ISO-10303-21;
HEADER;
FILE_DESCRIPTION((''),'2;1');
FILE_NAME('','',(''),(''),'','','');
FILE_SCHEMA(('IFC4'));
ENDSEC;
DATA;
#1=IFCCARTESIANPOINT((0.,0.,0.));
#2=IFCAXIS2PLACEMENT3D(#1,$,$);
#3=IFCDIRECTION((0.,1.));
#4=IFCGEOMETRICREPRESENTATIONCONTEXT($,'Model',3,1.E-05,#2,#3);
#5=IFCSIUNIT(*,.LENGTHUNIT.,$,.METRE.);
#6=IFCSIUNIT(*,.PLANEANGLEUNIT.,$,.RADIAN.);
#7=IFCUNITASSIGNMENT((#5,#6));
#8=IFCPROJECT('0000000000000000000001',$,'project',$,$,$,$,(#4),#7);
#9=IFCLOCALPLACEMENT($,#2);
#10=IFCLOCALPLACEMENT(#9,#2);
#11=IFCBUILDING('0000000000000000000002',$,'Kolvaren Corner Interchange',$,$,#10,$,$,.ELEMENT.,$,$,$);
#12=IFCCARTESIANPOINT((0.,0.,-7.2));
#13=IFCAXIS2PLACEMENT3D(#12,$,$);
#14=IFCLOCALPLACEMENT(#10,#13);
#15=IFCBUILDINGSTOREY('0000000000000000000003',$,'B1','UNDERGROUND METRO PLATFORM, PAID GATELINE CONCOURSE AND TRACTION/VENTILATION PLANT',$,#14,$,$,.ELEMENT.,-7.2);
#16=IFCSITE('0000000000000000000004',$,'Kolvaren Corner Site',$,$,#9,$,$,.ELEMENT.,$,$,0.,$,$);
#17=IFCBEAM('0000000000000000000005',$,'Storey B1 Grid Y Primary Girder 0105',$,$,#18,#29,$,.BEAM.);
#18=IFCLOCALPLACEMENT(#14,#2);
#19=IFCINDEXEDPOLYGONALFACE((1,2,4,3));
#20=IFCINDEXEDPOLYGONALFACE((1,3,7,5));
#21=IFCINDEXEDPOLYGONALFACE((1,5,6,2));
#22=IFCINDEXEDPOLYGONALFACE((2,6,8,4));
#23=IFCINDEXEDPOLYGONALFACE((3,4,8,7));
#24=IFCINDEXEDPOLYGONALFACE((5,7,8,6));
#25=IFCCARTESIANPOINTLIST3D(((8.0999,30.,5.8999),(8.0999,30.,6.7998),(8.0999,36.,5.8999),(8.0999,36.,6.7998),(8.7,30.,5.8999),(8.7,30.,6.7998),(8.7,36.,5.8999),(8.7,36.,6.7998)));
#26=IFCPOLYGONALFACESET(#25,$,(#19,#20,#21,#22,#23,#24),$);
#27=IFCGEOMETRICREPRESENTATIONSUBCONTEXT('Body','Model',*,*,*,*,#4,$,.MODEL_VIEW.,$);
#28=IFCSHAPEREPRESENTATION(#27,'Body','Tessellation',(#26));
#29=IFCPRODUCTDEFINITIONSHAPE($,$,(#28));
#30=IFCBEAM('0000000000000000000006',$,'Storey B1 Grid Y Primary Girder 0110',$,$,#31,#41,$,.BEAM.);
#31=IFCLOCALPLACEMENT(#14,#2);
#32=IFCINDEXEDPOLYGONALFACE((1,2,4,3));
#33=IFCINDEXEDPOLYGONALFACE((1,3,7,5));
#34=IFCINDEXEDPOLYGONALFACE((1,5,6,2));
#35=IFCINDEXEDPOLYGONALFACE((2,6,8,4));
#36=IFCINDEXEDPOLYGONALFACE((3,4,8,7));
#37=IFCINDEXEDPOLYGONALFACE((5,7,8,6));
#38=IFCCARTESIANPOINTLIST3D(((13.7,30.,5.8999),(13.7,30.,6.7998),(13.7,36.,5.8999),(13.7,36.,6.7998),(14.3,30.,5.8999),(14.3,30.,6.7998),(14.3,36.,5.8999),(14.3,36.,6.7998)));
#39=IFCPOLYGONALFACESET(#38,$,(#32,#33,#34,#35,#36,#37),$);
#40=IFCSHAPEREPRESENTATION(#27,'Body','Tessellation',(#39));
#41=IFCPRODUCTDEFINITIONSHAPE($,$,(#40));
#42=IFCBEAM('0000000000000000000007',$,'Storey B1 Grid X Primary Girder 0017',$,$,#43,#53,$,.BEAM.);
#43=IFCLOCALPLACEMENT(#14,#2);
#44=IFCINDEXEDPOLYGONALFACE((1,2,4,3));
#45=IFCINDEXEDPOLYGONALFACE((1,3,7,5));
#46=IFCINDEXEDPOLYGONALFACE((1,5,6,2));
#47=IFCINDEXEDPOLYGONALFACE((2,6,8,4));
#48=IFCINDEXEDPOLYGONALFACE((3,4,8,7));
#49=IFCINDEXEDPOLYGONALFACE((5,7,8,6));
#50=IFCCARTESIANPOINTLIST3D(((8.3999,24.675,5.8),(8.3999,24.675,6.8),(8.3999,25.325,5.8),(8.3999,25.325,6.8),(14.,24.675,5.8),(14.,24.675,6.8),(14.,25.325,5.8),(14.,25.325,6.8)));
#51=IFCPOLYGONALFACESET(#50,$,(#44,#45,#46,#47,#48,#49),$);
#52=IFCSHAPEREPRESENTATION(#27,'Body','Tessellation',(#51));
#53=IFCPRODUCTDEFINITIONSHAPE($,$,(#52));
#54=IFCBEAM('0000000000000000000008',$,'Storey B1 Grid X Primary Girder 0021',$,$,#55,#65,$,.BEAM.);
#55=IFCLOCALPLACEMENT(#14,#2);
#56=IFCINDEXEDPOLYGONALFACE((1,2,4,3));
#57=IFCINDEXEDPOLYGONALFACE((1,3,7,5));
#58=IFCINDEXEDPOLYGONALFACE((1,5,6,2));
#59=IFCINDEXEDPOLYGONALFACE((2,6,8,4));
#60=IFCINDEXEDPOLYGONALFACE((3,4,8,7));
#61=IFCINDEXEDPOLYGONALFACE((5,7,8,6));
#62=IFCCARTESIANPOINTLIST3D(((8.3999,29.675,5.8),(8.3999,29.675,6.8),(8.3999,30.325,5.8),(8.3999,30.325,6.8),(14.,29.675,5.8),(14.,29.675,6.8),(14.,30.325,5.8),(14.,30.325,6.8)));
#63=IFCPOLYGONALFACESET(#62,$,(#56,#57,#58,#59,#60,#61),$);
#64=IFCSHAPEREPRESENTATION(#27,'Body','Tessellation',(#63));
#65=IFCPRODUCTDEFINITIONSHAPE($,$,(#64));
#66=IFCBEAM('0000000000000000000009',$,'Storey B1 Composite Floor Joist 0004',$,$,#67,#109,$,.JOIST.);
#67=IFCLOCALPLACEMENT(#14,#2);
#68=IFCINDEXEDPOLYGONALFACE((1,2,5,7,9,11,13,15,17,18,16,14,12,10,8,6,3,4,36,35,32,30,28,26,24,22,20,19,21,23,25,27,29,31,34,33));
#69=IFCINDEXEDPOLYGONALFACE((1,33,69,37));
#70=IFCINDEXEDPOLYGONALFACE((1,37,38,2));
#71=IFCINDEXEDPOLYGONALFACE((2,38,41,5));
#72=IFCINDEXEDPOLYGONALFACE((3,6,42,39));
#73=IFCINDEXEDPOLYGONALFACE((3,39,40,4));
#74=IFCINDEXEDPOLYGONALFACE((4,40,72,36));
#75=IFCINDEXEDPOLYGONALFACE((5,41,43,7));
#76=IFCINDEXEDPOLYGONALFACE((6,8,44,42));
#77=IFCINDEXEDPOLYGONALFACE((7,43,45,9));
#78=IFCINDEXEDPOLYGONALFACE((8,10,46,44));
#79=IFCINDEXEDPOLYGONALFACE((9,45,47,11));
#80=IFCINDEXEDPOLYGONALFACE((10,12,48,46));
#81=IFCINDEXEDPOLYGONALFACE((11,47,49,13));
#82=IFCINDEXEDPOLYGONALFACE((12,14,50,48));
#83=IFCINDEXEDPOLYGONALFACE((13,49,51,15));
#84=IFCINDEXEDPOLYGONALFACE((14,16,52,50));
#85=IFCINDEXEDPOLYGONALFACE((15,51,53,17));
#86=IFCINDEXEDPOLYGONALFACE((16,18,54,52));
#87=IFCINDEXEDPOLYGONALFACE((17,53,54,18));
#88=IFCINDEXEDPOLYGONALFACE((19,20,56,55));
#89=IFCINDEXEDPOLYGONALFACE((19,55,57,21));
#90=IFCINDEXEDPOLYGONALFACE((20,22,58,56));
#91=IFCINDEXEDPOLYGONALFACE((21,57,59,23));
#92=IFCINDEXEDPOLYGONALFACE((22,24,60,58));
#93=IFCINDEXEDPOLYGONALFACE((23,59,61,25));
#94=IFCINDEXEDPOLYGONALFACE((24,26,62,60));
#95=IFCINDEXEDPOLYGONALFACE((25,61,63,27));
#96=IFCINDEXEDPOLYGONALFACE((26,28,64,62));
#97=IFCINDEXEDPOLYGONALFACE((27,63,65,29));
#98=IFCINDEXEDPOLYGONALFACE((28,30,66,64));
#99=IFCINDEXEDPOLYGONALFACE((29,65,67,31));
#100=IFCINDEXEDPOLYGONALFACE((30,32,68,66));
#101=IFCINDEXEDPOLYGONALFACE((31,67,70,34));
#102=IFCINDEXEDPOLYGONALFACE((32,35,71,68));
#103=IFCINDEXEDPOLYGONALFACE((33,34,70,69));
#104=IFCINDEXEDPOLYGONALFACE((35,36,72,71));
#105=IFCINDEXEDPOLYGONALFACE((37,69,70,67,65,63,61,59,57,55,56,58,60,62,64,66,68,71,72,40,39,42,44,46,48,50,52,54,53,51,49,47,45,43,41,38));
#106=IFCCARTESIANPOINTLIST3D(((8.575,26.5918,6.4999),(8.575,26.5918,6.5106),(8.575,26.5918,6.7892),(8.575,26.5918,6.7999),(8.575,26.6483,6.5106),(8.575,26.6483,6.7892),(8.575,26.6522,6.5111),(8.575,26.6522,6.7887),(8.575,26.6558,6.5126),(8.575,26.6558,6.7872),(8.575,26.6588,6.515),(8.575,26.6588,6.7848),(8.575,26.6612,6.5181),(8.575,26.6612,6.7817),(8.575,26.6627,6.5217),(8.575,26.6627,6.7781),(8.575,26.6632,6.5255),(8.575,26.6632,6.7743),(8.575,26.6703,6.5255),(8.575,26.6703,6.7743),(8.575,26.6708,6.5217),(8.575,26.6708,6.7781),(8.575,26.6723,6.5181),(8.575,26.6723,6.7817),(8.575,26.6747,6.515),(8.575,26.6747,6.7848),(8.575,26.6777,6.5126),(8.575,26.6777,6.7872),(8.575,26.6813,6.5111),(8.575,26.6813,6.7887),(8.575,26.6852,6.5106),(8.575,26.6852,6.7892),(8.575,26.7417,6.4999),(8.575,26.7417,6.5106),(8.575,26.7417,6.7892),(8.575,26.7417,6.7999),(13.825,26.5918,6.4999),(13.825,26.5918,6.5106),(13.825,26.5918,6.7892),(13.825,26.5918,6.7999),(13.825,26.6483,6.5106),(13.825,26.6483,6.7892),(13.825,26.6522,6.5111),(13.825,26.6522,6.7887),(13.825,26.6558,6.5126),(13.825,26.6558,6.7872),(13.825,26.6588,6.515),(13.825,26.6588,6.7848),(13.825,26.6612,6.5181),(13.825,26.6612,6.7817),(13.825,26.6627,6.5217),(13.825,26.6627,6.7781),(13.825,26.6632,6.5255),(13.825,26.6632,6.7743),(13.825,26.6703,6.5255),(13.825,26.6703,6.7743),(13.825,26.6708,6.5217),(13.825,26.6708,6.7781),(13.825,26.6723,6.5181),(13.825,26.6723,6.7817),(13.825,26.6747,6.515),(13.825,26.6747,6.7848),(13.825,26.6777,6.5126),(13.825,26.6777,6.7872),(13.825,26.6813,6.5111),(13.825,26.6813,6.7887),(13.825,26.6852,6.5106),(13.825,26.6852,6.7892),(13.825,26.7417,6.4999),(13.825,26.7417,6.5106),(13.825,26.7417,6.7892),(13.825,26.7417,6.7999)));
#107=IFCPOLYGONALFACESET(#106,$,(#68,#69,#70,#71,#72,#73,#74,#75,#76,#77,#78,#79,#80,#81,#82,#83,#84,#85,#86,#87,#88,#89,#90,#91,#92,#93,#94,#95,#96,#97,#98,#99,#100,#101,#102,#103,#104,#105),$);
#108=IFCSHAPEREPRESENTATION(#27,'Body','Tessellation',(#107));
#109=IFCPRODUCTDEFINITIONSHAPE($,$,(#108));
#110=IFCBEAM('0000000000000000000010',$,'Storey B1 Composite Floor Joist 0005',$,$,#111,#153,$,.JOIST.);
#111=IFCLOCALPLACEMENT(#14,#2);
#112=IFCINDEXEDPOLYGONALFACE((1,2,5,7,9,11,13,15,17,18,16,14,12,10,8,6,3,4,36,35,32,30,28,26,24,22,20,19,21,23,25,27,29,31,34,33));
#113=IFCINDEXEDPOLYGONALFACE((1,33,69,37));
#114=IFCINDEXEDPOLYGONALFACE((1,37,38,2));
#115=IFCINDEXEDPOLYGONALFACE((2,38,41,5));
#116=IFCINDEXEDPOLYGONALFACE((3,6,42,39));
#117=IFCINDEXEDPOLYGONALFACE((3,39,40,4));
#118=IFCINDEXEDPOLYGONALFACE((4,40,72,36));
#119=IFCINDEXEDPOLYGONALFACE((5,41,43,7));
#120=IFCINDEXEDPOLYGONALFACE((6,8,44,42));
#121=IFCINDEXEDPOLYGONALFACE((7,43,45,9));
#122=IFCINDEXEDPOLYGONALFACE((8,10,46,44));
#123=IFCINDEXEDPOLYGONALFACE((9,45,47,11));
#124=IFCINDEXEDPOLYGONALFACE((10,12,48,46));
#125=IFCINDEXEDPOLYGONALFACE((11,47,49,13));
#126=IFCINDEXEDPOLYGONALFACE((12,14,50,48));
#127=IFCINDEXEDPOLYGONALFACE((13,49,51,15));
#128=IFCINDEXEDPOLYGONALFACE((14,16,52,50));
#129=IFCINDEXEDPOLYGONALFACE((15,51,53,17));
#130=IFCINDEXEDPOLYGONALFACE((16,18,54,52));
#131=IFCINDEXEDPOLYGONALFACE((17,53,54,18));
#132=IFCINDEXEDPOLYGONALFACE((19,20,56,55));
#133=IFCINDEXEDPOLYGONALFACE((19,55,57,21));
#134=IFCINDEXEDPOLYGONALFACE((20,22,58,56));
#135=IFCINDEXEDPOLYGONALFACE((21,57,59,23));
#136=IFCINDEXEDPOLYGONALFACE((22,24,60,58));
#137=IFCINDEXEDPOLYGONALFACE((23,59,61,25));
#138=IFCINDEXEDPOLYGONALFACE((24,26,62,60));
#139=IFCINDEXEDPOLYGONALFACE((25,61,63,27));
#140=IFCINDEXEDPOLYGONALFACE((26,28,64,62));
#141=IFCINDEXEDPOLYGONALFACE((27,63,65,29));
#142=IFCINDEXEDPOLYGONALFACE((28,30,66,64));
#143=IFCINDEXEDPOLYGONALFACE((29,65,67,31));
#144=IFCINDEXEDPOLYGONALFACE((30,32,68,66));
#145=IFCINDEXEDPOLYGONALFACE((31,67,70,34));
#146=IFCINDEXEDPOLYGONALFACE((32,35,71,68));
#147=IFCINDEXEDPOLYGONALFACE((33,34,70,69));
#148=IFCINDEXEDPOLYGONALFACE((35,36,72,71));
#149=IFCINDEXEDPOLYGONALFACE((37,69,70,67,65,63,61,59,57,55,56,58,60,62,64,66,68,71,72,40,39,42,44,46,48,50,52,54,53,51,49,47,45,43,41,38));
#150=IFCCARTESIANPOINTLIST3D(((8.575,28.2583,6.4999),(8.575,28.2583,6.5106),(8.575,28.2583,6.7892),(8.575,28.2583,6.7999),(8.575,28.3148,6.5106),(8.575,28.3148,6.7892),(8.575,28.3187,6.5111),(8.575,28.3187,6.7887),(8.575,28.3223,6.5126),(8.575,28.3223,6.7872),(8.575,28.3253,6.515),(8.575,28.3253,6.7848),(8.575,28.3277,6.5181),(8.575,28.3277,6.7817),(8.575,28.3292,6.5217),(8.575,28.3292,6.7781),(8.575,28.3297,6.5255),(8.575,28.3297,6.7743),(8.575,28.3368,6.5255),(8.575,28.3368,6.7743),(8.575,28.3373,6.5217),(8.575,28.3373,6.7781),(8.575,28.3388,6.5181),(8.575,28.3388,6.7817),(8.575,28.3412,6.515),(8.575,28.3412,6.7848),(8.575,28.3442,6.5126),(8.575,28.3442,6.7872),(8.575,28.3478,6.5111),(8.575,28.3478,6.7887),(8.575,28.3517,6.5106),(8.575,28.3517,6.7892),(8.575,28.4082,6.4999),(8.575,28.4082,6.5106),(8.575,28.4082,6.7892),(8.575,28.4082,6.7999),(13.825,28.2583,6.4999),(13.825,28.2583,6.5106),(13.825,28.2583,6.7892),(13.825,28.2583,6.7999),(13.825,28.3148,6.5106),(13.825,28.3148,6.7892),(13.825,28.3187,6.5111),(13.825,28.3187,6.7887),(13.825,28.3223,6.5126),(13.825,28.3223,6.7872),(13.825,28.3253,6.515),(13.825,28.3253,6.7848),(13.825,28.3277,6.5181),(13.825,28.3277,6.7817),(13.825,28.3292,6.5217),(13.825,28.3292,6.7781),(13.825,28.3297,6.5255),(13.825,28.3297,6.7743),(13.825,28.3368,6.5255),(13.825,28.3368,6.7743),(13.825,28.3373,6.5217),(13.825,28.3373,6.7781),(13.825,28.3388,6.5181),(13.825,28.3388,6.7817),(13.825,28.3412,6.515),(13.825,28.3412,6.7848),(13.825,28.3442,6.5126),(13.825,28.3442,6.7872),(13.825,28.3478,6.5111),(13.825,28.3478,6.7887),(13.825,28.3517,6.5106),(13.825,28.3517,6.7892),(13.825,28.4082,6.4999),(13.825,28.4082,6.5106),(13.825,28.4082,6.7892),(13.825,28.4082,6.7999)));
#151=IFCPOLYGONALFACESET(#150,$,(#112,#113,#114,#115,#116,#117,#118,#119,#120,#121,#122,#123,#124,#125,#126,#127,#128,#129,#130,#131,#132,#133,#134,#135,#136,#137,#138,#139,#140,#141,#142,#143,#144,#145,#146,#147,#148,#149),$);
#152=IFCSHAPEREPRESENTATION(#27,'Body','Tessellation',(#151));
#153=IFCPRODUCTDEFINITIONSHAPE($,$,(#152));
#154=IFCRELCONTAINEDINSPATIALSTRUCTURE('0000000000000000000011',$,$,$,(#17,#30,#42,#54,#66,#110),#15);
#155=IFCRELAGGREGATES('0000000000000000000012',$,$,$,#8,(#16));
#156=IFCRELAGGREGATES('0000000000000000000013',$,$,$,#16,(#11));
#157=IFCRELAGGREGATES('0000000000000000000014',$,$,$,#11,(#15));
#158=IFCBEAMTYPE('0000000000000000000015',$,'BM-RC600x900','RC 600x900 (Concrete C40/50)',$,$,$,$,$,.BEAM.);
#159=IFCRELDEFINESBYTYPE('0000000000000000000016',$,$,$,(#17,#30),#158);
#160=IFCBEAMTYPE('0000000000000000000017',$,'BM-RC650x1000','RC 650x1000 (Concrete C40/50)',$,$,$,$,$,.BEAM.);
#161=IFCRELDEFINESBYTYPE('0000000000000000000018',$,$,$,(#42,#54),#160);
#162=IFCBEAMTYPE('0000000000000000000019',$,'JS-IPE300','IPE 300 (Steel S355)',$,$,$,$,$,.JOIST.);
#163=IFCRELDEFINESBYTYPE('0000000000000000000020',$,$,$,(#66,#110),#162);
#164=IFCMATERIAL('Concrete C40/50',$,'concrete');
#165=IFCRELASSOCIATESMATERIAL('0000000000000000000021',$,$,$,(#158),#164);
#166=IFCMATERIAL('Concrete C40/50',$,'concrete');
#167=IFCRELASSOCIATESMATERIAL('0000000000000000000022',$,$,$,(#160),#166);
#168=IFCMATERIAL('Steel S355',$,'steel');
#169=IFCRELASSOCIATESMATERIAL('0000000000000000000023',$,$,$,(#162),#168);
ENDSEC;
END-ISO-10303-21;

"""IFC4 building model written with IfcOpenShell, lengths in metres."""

from ifc_helpers import new_model, si_unit, direction, frame, origin, origin_2d, place, context, subcontext, project, spatial, rectangle, i_section, extrude, material, material_profile, profile_set, type_object, element, save


model = new_model("IFC4")

# Units and contexts
model_context = context("Model", 3, precision=1e-05, world=origin(), true_north=direction((0.0, 1.0)))
body_context = subcontext(model_context, "Body", "Model", "MODEL_VIEW")
ifc_project = project(units=[si_unit("LENGTHUNIT", "METRE"), si_unit("PLANEANGLEUNIT", "RADIAN")], contexts=[model_context])

# Site, building, storey
site_placement = place(None, origin())
site = spatial("IfcSite", under=ifc_project, at=site_placement, Name="Kolvaren Corner Site", CompositionType="ELEMENT", RefElevation=0.0)
building_placement = place(site_placement, origin())
building = spatial("IfcBuilding", under=site, at=building_placement, Name="Kolvaren Corner Interchange", CompositionType="ELEMENT")
storey_placement = place(building_placement, frame((0.0, 0.0, -7.2)))
storey = spatial("IfcBuildingStorey", under=building, at=storey_placement, Name="B1", Description="UNDERGROUND METRO PLATFORM, PAID GATELINE CONCOURSE AND TRACTION/VENTILATION PLANT", CompositionType="ELEMENT", Elevation=-7.2)

# Beams
ifc_material_1 = material(Name="Concrete C40/50", Category="concrete")
ifc_material_profile_1 = material_profile(ifc_material_1, rectangle(XDim=0.6001, YDim=0.8999, at=origin_2d()), Name="RC 600x900")
ifc_profile_set_1 = profile_set([ifc_material_profile_1], Name="Concrete C40/50")
beam_type_1 = type_object("IfcBeamType", Name="BM-RC600x900", Description="RC 600x900 (Concrete C40/50)", PredefinedType="BEAM", material=ifc_profile_set_1)
for number, where, z_axis, x_axis, name in (
    (1, (8.3999, 30.0, 6.3499), (0.0, 1.0, 0.0), (-1.0, 0.0, 0.0), "Storey B1 Grid Y Primary Girder 0105"),
    (2, (14.0, 30.0, 6.3499), (0.0, 1.0, 0.0), (-1.0, 0.0, 0.0), "Storey B1 Grid Y Primary Girder 0110"),
):
    element("IfcBeam", number, at=place(storey_placement, frame(where, z_axis=z_axis, x_axis=x_axis)), inside=storey, type_object=beam_type_1, Name=name, PredefinedType="BEAM", context=body_context, shape_type="SweptSolid", body=[
        extrude(rectangle(XDim=0.6001, YDim=0.8999, at=origin_2d()), origin(), (0.0, 0.0, 1.0), 6.0),
    ])
ifc_material_2 = material(Name="Concrete C40/50", Category="concrete")
ifc_material_profile_2 = material_profile(ifc_material_2, rectangle(XDim=0.6499, YDim=1.0, at=origin_2d()), Name="RC 650x1000")
ifc_profile_set_2 = profile_set([ifc_material_profile_2], Name="Concrete C40/50")
beam_type_2 = type_object("IfcBeamType", Name="BM-RC650x1000", Description="RC 650x1000 (Concrete C40/50)", PredefinedType="BEAM", material=ifc_profile_set_2)
for number, where, z_axis, x_axis, name in (
    (3, (8.3999, 25.0, 6.3), (1.0, 0.0, 0.0), (0.0, 1.0, 0.0), "Storey B1 Grid X Primary Girder 0017"),
    (4, (8.3999, 30.0, 6.3), (1.0, 0.0, 0.0), (0.0, 1.0, 0.0), "Storey B1 Grid X Primary Girder 0021"),
):
    element("IfcBeam", number, at=place(storey_placement, frame(where, z_axis=z_axis, x_axis=x_axis)), inside=storey, type_object=beam_type_2, Name=name, PredefinedType="BEAM", context=body_context, shape_type="SweptSolid", body=[
        extrude(rectangle(XDim=0.6499, YDim=1.0, at=origin_2d()), origin(), (0.0, 0.0, 1.0), 5.6001),
    ])
ifc_material_3 = material(Name="Steel S355", Category="steel")
ifc_material_profile_3 = material_profile(ifc_material_3, i_section(OverallWidth=0.1499, OverallDepth=0.3, WebThickness=0.0071, FlangeThickness=0.0107, FilletRadius=0.0149, at=origin_2d()), Name="IPE 300")
ifc_profile_set_3 = profile_set([ifc_material_profile_3], Name="Steel S355")
beam_type_3 = type_object("IfcBeamType", Name="JS-IPE300", Description="IPE 300 (Steel S355)", PredefinedType="JOIST", material=ifc_profile_set_3)
for number, where, z_axis, x_axis, name in (
    (5, (8.575, 26.6667, 6.6499), (1.0, 0.0, 0.0), (0.0, 1.0, 0.0), "Storey B1 Composite Floor Joist 0004"),
    (6, (8.575, 28.3333, 6.6499), (1.0, 0.0, 0.0), (0.0, 1.0, 0.0), "Storey B1 Composite Floor Joist 0005"),
):
    element("IfcBeam", number, at=place(storey_placement, frame(where, z_axis=z_axis, x_axis=x_axis)), inside=storey, type_object=beam_type_3, Name=name, PredefinedType="JOIST", context=body_context, shape_type="SweptSolid", body=[
        extrude(i_section(OverallWidth=0.1499, OverallDepth=0.3, WebThickness=0.0071, FlangeThickness=0.0107, FilletRadius=0.0149, at=origin_2d()), origin(), (0.0, 0.0, 1.0), 5.25),
    ])

save(model, "model.ifc")
